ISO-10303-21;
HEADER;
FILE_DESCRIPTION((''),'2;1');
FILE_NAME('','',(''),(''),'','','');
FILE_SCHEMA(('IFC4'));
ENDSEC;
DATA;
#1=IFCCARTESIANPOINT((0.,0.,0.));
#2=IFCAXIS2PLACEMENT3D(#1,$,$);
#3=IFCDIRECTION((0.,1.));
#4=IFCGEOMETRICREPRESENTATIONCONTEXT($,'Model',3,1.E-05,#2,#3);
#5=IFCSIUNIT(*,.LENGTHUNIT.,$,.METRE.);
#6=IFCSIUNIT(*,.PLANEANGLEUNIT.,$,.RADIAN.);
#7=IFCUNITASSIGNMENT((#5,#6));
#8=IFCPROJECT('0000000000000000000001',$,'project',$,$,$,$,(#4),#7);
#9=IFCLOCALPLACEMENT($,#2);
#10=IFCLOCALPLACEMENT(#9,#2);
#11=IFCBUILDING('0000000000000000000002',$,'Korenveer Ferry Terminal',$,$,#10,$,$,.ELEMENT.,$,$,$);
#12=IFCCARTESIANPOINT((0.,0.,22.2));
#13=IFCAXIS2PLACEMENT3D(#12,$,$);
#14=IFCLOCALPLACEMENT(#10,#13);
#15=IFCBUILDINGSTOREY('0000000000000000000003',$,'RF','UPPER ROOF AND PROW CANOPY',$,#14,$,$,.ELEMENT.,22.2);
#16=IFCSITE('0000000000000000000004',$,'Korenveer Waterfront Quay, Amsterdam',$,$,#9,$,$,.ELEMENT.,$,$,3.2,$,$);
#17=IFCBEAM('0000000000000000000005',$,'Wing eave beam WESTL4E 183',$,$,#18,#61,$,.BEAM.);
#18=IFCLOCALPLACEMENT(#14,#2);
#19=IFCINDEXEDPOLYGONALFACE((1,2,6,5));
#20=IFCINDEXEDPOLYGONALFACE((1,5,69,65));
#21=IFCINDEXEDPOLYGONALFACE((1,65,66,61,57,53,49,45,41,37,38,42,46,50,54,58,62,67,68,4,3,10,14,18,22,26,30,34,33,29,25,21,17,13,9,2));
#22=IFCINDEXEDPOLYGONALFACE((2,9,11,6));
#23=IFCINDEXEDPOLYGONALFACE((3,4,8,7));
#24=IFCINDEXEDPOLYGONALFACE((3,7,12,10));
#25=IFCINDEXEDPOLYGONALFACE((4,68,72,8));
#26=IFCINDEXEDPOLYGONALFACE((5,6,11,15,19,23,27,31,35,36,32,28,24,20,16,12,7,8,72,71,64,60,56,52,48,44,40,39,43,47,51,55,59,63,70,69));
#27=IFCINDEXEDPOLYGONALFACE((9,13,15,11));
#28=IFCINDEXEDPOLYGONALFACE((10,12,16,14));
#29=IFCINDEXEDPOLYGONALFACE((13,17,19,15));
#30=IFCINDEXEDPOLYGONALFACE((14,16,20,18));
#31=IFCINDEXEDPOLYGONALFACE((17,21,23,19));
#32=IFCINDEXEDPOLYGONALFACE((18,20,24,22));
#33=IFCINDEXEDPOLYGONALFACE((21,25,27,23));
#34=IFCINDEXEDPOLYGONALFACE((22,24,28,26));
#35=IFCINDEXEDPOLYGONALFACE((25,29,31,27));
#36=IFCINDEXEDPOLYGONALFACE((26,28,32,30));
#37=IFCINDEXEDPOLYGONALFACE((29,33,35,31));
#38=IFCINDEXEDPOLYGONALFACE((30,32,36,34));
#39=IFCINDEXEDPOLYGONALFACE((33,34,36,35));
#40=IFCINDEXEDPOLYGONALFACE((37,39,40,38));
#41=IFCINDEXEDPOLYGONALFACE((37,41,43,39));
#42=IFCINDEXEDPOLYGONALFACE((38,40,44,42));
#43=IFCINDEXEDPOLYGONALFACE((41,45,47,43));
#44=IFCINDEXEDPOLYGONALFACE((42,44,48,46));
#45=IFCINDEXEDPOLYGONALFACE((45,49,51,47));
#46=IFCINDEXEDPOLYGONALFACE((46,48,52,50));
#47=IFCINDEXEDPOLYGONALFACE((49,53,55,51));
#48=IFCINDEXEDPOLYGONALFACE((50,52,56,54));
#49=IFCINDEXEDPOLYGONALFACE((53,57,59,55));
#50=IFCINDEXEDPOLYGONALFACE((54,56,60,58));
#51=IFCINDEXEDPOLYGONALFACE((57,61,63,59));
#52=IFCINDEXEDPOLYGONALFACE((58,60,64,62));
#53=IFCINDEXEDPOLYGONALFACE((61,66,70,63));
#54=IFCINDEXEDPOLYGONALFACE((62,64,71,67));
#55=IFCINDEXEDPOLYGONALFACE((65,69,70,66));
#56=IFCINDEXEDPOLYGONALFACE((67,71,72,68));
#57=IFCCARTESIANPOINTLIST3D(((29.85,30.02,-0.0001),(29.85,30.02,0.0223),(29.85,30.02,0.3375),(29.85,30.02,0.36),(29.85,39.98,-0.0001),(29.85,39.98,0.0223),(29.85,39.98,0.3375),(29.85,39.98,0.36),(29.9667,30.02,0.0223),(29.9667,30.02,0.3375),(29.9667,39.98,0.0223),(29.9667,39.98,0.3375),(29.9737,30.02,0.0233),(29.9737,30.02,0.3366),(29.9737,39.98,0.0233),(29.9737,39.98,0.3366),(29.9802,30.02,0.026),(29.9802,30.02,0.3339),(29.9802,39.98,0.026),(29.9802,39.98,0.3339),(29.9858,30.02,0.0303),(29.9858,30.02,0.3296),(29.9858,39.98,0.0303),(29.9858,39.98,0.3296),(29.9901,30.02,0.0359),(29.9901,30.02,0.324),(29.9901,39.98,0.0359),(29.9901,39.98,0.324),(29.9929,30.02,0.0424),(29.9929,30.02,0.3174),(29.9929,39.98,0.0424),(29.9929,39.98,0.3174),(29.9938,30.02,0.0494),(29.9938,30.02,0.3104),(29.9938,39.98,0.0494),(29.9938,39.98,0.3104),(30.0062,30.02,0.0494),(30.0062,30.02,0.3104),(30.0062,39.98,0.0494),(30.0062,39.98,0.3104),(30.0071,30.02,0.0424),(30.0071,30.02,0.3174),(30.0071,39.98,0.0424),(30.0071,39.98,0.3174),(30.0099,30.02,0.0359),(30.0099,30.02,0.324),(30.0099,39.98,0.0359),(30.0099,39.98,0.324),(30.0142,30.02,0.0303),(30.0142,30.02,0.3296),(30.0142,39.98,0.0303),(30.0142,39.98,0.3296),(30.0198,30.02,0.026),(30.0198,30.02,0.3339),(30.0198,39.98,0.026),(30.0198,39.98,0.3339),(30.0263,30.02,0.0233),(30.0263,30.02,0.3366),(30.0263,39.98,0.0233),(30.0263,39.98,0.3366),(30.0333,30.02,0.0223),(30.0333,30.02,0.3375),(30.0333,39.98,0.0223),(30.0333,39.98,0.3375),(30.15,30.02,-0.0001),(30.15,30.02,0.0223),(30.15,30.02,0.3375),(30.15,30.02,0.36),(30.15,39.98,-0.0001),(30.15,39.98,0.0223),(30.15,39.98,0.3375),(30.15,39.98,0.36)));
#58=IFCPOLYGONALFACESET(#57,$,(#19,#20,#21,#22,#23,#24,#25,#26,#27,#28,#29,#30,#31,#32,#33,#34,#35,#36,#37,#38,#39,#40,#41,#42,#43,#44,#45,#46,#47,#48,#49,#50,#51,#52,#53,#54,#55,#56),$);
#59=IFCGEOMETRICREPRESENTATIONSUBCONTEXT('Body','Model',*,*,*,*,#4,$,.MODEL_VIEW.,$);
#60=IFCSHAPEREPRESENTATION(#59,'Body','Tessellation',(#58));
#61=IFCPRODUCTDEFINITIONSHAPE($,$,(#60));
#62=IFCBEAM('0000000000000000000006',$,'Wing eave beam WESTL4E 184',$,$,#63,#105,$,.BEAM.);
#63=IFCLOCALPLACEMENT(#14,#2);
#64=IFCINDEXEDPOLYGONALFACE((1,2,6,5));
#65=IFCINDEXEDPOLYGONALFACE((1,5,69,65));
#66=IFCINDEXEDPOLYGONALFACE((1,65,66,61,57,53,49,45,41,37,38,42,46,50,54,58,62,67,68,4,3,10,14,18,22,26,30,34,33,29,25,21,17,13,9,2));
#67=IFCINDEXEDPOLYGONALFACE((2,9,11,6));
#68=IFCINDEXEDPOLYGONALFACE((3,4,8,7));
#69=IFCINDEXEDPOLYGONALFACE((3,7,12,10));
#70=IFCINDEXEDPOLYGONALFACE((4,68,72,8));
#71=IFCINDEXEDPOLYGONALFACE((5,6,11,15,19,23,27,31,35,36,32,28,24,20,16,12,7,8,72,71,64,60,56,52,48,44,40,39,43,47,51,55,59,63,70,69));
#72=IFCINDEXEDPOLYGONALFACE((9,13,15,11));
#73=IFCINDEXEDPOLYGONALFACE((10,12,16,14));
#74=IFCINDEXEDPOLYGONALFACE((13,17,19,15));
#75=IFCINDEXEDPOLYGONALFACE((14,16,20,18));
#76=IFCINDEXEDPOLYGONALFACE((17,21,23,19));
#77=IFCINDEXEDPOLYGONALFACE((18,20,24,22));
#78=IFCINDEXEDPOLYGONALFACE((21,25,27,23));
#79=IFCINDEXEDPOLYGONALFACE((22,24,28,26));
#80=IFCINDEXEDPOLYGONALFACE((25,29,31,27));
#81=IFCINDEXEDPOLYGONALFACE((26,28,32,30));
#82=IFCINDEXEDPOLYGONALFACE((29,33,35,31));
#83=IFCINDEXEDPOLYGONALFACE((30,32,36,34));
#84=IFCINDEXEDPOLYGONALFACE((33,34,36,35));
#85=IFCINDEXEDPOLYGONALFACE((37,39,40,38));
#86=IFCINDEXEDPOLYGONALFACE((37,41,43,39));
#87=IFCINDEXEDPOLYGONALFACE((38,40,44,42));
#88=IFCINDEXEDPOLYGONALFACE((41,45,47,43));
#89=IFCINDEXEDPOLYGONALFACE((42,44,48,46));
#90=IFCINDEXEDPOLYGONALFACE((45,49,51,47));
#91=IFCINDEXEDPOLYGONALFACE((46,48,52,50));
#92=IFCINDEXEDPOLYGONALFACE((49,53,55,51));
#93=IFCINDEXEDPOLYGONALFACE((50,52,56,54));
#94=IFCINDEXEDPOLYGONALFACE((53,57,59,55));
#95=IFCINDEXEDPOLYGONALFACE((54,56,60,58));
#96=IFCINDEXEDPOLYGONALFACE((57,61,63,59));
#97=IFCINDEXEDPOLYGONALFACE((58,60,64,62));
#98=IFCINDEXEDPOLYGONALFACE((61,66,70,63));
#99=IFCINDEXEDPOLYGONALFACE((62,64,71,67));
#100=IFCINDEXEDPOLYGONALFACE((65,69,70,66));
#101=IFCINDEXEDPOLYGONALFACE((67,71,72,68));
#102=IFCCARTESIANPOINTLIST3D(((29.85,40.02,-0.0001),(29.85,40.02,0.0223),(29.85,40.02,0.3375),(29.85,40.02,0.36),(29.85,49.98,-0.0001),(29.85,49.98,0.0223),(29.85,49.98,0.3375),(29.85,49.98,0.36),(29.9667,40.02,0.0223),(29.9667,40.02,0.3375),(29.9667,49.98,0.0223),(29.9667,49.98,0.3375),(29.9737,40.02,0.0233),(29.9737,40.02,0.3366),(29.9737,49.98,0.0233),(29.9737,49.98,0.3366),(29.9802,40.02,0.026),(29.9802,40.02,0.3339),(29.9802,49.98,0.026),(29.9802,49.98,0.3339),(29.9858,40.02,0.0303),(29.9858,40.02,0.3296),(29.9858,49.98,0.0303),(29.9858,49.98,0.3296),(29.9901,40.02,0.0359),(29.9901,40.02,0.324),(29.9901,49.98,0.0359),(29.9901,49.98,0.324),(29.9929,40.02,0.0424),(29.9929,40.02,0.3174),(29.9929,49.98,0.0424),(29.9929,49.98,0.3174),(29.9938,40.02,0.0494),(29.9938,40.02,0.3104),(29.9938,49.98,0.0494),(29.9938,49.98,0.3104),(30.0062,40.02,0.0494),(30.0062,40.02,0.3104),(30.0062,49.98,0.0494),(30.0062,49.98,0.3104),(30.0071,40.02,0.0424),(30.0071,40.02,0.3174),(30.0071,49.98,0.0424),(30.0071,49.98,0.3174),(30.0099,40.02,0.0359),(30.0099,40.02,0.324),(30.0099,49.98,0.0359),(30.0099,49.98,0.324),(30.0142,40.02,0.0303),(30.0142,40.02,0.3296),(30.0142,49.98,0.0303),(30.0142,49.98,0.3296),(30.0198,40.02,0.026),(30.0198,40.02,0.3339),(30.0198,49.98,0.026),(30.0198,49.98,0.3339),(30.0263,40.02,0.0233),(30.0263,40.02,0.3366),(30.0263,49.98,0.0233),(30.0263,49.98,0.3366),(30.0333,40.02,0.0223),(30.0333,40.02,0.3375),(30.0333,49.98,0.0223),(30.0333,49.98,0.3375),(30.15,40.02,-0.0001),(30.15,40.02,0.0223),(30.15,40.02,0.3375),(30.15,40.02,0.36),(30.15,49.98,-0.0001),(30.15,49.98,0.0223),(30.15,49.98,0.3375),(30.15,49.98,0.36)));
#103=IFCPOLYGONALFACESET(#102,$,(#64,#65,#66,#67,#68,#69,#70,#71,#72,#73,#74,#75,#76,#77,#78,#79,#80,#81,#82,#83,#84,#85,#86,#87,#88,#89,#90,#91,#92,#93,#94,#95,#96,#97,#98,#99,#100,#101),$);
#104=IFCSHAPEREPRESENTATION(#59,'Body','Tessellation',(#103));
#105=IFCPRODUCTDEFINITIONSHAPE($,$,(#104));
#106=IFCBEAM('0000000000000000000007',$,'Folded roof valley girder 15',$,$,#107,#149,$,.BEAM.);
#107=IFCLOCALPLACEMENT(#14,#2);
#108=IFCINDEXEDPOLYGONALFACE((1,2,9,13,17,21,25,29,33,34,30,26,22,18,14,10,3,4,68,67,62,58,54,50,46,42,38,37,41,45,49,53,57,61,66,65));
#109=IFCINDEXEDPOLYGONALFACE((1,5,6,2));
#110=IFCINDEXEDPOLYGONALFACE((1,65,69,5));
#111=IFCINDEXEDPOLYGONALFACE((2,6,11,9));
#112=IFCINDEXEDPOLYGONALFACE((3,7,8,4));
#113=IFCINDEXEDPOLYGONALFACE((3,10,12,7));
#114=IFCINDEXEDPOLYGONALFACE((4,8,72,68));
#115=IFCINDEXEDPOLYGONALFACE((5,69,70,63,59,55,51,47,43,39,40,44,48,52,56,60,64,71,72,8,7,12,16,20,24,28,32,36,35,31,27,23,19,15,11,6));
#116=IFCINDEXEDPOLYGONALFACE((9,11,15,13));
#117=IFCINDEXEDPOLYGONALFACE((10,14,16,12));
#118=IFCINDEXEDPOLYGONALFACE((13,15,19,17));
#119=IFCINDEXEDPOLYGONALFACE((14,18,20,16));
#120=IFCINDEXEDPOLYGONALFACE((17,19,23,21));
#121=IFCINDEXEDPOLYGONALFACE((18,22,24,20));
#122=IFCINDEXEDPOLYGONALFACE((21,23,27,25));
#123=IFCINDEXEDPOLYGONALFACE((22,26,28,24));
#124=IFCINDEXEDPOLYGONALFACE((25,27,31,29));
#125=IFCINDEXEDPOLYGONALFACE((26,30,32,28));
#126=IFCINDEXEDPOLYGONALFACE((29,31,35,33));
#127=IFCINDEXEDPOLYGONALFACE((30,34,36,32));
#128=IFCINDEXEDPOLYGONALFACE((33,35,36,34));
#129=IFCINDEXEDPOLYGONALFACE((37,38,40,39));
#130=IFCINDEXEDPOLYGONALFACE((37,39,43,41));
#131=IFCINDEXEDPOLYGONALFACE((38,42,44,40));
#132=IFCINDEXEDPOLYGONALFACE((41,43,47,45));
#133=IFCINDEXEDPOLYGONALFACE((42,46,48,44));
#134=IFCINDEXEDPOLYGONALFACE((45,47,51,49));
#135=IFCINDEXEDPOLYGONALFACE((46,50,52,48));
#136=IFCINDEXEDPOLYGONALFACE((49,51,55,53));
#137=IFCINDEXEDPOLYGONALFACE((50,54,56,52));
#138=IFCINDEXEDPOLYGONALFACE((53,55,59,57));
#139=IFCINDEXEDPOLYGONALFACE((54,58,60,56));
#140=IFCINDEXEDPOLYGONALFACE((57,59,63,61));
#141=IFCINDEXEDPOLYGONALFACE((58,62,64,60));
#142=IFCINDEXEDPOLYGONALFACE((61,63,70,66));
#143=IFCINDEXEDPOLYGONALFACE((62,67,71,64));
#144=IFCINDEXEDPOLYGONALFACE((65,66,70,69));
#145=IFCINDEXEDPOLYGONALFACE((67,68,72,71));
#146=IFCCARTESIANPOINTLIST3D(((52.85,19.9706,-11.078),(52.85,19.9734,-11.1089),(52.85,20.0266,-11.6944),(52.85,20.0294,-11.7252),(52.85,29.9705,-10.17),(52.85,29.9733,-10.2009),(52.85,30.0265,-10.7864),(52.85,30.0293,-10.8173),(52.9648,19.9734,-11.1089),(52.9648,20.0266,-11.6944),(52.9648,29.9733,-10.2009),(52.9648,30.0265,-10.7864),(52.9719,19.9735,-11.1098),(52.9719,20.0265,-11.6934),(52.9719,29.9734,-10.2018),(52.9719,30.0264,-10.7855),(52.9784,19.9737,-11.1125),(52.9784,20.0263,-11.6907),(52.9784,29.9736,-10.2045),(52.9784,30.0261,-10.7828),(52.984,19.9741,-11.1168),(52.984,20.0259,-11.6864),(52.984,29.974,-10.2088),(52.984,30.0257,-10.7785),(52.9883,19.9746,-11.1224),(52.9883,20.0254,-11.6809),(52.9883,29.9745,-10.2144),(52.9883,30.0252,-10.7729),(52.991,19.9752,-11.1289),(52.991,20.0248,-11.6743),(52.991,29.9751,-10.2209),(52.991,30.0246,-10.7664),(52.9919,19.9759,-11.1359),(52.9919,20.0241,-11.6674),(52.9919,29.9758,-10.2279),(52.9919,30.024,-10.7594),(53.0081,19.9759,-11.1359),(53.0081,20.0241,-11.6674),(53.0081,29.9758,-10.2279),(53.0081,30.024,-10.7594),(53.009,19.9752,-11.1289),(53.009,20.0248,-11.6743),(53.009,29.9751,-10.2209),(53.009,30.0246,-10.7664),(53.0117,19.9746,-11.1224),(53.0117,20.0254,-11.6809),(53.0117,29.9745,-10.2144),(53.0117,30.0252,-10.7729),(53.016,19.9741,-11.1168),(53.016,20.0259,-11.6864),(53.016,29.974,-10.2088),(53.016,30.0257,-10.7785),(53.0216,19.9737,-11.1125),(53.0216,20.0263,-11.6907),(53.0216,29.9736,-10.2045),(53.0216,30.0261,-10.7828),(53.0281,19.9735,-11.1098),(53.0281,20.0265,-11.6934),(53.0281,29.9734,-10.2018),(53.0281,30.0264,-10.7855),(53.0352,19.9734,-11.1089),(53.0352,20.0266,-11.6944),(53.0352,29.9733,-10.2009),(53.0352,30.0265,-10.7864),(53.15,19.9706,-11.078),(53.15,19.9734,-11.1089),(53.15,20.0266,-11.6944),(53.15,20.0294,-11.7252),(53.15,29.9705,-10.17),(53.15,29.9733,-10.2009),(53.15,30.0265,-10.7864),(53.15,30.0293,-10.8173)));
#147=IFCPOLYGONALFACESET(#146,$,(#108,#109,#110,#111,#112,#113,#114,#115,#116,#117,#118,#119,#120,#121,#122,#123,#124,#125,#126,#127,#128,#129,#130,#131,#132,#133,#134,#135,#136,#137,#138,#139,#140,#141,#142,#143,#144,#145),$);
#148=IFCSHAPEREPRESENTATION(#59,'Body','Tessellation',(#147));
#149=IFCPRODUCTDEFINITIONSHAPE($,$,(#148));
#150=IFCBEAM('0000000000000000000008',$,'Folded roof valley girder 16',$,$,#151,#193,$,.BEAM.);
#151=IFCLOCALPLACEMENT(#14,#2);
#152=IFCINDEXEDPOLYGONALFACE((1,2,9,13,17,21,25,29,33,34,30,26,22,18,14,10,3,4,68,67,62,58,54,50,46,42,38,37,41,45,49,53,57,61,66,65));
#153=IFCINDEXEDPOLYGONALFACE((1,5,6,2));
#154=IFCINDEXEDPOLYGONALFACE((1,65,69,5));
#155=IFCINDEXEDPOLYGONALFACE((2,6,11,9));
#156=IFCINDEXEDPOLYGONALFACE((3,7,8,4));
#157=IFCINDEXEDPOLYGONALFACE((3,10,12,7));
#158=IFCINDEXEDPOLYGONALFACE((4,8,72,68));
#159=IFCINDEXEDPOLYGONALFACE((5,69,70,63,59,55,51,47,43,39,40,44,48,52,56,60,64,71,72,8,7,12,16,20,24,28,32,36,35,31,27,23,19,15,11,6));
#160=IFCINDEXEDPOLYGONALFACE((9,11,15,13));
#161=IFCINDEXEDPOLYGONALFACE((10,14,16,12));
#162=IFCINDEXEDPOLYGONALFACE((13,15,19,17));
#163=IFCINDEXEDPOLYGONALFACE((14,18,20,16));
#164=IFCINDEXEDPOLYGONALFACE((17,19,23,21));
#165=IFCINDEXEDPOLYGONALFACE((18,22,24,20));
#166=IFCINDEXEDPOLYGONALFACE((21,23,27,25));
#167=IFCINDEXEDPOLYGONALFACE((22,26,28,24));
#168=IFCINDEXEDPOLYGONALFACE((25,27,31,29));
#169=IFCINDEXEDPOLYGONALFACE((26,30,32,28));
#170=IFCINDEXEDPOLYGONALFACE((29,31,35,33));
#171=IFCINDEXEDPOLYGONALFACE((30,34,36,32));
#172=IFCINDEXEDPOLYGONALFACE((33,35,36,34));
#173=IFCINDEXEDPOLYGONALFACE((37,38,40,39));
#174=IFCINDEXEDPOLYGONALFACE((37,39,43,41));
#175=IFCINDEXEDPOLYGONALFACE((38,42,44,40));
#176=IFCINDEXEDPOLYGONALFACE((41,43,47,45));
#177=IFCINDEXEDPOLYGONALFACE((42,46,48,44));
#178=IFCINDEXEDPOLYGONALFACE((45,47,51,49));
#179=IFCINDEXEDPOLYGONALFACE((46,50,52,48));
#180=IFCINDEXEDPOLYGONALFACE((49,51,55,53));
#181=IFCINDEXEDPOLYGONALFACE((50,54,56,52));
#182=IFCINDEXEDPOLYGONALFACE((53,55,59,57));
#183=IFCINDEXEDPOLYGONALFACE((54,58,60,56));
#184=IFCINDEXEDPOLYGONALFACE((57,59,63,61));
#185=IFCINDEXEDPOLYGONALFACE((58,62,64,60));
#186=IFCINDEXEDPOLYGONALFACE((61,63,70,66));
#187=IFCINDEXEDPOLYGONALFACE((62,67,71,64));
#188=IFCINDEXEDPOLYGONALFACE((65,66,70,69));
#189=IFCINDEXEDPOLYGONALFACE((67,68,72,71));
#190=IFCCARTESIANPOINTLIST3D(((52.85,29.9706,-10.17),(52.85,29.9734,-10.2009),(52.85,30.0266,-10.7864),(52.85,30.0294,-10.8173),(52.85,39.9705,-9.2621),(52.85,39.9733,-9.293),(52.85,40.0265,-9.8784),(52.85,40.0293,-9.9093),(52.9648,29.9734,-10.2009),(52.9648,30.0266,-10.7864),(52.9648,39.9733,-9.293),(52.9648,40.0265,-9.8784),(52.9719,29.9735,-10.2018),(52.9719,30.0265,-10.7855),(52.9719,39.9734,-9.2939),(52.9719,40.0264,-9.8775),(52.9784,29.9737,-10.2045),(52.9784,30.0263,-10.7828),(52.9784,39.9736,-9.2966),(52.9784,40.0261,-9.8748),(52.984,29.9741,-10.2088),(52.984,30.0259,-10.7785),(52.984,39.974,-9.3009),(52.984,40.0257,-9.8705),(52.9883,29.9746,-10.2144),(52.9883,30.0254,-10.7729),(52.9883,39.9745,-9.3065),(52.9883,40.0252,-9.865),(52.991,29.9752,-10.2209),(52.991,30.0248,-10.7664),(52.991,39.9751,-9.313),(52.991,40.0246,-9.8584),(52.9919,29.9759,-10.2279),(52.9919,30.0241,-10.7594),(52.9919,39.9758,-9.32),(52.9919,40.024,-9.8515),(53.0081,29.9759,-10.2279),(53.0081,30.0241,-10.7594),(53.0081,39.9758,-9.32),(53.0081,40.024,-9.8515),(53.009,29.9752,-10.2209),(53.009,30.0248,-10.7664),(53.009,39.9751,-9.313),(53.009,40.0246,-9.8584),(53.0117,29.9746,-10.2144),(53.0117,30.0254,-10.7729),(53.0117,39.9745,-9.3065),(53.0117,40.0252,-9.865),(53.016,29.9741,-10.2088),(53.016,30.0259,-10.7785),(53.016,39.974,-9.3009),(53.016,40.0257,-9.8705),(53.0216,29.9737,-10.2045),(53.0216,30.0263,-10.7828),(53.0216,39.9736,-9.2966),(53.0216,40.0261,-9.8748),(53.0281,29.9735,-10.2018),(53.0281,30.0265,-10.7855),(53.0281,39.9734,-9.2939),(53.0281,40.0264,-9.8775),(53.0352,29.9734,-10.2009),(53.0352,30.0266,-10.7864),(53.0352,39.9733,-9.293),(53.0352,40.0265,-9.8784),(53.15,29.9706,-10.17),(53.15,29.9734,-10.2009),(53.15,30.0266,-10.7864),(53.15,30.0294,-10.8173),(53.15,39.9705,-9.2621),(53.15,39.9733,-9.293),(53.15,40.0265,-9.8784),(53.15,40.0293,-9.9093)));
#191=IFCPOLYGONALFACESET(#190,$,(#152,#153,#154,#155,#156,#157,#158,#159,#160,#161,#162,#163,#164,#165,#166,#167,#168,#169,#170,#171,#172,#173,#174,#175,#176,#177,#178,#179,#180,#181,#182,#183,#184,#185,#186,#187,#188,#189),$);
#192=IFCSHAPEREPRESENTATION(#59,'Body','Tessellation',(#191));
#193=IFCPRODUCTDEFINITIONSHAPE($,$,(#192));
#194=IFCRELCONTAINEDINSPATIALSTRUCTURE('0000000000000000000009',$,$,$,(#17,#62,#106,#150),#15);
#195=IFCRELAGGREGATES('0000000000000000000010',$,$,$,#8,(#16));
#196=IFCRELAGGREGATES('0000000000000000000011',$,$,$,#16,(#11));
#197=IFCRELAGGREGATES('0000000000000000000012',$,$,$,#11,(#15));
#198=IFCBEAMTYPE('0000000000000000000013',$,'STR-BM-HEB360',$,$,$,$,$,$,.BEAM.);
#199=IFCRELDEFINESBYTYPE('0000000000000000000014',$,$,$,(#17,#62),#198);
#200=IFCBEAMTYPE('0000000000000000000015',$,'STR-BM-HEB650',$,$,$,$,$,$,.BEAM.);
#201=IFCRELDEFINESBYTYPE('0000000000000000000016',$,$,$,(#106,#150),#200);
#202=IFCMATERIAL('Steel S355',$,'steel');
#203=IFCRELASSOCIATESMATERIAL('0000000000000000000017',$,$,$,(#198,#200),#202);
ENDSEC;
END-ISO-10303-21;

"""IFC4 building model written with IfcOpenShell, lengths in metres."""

from ifc_helpers import new_model, si_unit, direction, frame, origin, origin_2d, place, context, subcontext, project, spatial, i_section, extrude, material, material_profile, profile_set, type_object, element, save


model = new_model("IFC4")

# Units and contexts
model_context = context("Model", 3, precision=1e-05, world=origin(), true_north=direction((0.0, 1.0)))
body_context = subcontext(model_context, "Body", "Model", "MODEL_VIEW")
ifc_project = project(units=[si_unit("LENGTHUNIT", "METRE"), si_unit("PLANEANGLEUNIT", "RADIAN")], contexts=[model_context])

# Site, building, storey
site_placement = place(None, origin())
site = spatial("IfcSite", under=ifc_project, at=site_placement, Name="Korenveer Waterfront Quay, Amsterdam", CompositionType="ELEMENT", RefElevation=3.2)
building_placement = place(site_placement, origin())
building = spatial("IfcBuilding", under=site, at=building_placement, Name="Korenveer Ferry Terminal", CompositionType="ELEMENT")
storey_placement = place(building_placement, frame((0.0, 0.0, 22.2)))
storey = spatial("IfcBuildingStorey", under=building, at=storey_placement, Name="RF", Description="UPPER ROOF AND PROW CANOPY", CompositionType="ELEMENT", Elevation=22.2)

# Beams
ifc_material_1 = material(Name="Steel S355", Category="steel")
ifc_material_profile_1 = material_profile(ifc_material_1, i_section(OverallWidth=0.3, OverallDepth=0.3601, WebThickness=0.0125, FlangeThickness=0.0225, FilletRadius=0.0271, at=origin_2d()), Name="HEB 360")
ifc_profile_set_1 = profile_set([ifc_material_profile_1], Name="Steel S355")
beam_type_1 = type_object("IfcBeamType", Name="STR-BM-HEB360", PredefinedType="BEAM", material=ifc_profile_set_1)
for number, where, z_axis, x_axis, name in (
    (1, (30.0, 30.02, 0.1799), (0.0, 1.0, 0.0), (-1.0, 0.0, 0.0), "Wing eave beam WESTL4E 183"),
    (2, (30.0, 40.02, 0.1799), (0.0, 1.0, 0.0), (-1.0, 0.0, 0.0), "Wing eave beam WESTL4E 184"),
):
    element("IfcBeam", number, at=place(storey_placement, frame(where, z_axis=z_axis, x_axis=x_axis)), inside=storey, type_object=beam_type_1, Name=name, PredefinedType="BEAM", context=body_context, shape_type="SweptSolid", body=[
        extrude(i_section(OverallWidth=0.3, OverallDepth=0.3601, WebThickness=0.0125, FlangeThickness=0.0225, FilletRadius=0.0271, at=origin_2d()), origin(), (0.0, 0.0, 1.0), 9.96),
    ])
ifc_material_profile_2 = material_profile(ifc_material_1, i_section(OverallWidth=0.3, OverallDepth=0.6499, WebThickness=0.0161, FlangeThickness=0.031, FilletRadius=0.0271, at=origin_2d()), Name="HEB 650")
ifc_profile_set_2 = profile_set([ifc_material_profile_2], Name="Steel S355")
beam_type_2 = type_object("IfcBeamType", Name="STR-BM-HEB650", PredefinedType="BEAM", material=ifc_profile_set_2)
for number, where, z_axis, x_axis, name in (
    (3, (53.0, 20.0, -11.4016), (0.0, 0.995903, 0.090424), (-1.0, 0.0, 0.0), "Folded roof valley girder 15"),
    (4, (53.0, 30.0, -10.4937), (0.0, 0.995903, 0.090424), (-1.0, 0.0, 0.0), "Folded roof valley girder 16"),
):
    element("IfcBeam", number, at=place(storey_placement, frame(where, z_axis=z_axis, x_axis=x_axis)), inside=storey, type_object=beam_type_2, Name=name, PredefinedType="BEAM", context=body_context, shape_type="SweptSolid", body=[
        extrude(i_section(OverallWidth=0.3, OverallDepth=0.6499, WebThickness=0.0161, FlangeThickness=0.031, FilletRadius=0.0271, at=origin_2d()), origin(), (0.0, 0.0, 1.0), 10.041),
    ])

save(model, "model.ifc")
